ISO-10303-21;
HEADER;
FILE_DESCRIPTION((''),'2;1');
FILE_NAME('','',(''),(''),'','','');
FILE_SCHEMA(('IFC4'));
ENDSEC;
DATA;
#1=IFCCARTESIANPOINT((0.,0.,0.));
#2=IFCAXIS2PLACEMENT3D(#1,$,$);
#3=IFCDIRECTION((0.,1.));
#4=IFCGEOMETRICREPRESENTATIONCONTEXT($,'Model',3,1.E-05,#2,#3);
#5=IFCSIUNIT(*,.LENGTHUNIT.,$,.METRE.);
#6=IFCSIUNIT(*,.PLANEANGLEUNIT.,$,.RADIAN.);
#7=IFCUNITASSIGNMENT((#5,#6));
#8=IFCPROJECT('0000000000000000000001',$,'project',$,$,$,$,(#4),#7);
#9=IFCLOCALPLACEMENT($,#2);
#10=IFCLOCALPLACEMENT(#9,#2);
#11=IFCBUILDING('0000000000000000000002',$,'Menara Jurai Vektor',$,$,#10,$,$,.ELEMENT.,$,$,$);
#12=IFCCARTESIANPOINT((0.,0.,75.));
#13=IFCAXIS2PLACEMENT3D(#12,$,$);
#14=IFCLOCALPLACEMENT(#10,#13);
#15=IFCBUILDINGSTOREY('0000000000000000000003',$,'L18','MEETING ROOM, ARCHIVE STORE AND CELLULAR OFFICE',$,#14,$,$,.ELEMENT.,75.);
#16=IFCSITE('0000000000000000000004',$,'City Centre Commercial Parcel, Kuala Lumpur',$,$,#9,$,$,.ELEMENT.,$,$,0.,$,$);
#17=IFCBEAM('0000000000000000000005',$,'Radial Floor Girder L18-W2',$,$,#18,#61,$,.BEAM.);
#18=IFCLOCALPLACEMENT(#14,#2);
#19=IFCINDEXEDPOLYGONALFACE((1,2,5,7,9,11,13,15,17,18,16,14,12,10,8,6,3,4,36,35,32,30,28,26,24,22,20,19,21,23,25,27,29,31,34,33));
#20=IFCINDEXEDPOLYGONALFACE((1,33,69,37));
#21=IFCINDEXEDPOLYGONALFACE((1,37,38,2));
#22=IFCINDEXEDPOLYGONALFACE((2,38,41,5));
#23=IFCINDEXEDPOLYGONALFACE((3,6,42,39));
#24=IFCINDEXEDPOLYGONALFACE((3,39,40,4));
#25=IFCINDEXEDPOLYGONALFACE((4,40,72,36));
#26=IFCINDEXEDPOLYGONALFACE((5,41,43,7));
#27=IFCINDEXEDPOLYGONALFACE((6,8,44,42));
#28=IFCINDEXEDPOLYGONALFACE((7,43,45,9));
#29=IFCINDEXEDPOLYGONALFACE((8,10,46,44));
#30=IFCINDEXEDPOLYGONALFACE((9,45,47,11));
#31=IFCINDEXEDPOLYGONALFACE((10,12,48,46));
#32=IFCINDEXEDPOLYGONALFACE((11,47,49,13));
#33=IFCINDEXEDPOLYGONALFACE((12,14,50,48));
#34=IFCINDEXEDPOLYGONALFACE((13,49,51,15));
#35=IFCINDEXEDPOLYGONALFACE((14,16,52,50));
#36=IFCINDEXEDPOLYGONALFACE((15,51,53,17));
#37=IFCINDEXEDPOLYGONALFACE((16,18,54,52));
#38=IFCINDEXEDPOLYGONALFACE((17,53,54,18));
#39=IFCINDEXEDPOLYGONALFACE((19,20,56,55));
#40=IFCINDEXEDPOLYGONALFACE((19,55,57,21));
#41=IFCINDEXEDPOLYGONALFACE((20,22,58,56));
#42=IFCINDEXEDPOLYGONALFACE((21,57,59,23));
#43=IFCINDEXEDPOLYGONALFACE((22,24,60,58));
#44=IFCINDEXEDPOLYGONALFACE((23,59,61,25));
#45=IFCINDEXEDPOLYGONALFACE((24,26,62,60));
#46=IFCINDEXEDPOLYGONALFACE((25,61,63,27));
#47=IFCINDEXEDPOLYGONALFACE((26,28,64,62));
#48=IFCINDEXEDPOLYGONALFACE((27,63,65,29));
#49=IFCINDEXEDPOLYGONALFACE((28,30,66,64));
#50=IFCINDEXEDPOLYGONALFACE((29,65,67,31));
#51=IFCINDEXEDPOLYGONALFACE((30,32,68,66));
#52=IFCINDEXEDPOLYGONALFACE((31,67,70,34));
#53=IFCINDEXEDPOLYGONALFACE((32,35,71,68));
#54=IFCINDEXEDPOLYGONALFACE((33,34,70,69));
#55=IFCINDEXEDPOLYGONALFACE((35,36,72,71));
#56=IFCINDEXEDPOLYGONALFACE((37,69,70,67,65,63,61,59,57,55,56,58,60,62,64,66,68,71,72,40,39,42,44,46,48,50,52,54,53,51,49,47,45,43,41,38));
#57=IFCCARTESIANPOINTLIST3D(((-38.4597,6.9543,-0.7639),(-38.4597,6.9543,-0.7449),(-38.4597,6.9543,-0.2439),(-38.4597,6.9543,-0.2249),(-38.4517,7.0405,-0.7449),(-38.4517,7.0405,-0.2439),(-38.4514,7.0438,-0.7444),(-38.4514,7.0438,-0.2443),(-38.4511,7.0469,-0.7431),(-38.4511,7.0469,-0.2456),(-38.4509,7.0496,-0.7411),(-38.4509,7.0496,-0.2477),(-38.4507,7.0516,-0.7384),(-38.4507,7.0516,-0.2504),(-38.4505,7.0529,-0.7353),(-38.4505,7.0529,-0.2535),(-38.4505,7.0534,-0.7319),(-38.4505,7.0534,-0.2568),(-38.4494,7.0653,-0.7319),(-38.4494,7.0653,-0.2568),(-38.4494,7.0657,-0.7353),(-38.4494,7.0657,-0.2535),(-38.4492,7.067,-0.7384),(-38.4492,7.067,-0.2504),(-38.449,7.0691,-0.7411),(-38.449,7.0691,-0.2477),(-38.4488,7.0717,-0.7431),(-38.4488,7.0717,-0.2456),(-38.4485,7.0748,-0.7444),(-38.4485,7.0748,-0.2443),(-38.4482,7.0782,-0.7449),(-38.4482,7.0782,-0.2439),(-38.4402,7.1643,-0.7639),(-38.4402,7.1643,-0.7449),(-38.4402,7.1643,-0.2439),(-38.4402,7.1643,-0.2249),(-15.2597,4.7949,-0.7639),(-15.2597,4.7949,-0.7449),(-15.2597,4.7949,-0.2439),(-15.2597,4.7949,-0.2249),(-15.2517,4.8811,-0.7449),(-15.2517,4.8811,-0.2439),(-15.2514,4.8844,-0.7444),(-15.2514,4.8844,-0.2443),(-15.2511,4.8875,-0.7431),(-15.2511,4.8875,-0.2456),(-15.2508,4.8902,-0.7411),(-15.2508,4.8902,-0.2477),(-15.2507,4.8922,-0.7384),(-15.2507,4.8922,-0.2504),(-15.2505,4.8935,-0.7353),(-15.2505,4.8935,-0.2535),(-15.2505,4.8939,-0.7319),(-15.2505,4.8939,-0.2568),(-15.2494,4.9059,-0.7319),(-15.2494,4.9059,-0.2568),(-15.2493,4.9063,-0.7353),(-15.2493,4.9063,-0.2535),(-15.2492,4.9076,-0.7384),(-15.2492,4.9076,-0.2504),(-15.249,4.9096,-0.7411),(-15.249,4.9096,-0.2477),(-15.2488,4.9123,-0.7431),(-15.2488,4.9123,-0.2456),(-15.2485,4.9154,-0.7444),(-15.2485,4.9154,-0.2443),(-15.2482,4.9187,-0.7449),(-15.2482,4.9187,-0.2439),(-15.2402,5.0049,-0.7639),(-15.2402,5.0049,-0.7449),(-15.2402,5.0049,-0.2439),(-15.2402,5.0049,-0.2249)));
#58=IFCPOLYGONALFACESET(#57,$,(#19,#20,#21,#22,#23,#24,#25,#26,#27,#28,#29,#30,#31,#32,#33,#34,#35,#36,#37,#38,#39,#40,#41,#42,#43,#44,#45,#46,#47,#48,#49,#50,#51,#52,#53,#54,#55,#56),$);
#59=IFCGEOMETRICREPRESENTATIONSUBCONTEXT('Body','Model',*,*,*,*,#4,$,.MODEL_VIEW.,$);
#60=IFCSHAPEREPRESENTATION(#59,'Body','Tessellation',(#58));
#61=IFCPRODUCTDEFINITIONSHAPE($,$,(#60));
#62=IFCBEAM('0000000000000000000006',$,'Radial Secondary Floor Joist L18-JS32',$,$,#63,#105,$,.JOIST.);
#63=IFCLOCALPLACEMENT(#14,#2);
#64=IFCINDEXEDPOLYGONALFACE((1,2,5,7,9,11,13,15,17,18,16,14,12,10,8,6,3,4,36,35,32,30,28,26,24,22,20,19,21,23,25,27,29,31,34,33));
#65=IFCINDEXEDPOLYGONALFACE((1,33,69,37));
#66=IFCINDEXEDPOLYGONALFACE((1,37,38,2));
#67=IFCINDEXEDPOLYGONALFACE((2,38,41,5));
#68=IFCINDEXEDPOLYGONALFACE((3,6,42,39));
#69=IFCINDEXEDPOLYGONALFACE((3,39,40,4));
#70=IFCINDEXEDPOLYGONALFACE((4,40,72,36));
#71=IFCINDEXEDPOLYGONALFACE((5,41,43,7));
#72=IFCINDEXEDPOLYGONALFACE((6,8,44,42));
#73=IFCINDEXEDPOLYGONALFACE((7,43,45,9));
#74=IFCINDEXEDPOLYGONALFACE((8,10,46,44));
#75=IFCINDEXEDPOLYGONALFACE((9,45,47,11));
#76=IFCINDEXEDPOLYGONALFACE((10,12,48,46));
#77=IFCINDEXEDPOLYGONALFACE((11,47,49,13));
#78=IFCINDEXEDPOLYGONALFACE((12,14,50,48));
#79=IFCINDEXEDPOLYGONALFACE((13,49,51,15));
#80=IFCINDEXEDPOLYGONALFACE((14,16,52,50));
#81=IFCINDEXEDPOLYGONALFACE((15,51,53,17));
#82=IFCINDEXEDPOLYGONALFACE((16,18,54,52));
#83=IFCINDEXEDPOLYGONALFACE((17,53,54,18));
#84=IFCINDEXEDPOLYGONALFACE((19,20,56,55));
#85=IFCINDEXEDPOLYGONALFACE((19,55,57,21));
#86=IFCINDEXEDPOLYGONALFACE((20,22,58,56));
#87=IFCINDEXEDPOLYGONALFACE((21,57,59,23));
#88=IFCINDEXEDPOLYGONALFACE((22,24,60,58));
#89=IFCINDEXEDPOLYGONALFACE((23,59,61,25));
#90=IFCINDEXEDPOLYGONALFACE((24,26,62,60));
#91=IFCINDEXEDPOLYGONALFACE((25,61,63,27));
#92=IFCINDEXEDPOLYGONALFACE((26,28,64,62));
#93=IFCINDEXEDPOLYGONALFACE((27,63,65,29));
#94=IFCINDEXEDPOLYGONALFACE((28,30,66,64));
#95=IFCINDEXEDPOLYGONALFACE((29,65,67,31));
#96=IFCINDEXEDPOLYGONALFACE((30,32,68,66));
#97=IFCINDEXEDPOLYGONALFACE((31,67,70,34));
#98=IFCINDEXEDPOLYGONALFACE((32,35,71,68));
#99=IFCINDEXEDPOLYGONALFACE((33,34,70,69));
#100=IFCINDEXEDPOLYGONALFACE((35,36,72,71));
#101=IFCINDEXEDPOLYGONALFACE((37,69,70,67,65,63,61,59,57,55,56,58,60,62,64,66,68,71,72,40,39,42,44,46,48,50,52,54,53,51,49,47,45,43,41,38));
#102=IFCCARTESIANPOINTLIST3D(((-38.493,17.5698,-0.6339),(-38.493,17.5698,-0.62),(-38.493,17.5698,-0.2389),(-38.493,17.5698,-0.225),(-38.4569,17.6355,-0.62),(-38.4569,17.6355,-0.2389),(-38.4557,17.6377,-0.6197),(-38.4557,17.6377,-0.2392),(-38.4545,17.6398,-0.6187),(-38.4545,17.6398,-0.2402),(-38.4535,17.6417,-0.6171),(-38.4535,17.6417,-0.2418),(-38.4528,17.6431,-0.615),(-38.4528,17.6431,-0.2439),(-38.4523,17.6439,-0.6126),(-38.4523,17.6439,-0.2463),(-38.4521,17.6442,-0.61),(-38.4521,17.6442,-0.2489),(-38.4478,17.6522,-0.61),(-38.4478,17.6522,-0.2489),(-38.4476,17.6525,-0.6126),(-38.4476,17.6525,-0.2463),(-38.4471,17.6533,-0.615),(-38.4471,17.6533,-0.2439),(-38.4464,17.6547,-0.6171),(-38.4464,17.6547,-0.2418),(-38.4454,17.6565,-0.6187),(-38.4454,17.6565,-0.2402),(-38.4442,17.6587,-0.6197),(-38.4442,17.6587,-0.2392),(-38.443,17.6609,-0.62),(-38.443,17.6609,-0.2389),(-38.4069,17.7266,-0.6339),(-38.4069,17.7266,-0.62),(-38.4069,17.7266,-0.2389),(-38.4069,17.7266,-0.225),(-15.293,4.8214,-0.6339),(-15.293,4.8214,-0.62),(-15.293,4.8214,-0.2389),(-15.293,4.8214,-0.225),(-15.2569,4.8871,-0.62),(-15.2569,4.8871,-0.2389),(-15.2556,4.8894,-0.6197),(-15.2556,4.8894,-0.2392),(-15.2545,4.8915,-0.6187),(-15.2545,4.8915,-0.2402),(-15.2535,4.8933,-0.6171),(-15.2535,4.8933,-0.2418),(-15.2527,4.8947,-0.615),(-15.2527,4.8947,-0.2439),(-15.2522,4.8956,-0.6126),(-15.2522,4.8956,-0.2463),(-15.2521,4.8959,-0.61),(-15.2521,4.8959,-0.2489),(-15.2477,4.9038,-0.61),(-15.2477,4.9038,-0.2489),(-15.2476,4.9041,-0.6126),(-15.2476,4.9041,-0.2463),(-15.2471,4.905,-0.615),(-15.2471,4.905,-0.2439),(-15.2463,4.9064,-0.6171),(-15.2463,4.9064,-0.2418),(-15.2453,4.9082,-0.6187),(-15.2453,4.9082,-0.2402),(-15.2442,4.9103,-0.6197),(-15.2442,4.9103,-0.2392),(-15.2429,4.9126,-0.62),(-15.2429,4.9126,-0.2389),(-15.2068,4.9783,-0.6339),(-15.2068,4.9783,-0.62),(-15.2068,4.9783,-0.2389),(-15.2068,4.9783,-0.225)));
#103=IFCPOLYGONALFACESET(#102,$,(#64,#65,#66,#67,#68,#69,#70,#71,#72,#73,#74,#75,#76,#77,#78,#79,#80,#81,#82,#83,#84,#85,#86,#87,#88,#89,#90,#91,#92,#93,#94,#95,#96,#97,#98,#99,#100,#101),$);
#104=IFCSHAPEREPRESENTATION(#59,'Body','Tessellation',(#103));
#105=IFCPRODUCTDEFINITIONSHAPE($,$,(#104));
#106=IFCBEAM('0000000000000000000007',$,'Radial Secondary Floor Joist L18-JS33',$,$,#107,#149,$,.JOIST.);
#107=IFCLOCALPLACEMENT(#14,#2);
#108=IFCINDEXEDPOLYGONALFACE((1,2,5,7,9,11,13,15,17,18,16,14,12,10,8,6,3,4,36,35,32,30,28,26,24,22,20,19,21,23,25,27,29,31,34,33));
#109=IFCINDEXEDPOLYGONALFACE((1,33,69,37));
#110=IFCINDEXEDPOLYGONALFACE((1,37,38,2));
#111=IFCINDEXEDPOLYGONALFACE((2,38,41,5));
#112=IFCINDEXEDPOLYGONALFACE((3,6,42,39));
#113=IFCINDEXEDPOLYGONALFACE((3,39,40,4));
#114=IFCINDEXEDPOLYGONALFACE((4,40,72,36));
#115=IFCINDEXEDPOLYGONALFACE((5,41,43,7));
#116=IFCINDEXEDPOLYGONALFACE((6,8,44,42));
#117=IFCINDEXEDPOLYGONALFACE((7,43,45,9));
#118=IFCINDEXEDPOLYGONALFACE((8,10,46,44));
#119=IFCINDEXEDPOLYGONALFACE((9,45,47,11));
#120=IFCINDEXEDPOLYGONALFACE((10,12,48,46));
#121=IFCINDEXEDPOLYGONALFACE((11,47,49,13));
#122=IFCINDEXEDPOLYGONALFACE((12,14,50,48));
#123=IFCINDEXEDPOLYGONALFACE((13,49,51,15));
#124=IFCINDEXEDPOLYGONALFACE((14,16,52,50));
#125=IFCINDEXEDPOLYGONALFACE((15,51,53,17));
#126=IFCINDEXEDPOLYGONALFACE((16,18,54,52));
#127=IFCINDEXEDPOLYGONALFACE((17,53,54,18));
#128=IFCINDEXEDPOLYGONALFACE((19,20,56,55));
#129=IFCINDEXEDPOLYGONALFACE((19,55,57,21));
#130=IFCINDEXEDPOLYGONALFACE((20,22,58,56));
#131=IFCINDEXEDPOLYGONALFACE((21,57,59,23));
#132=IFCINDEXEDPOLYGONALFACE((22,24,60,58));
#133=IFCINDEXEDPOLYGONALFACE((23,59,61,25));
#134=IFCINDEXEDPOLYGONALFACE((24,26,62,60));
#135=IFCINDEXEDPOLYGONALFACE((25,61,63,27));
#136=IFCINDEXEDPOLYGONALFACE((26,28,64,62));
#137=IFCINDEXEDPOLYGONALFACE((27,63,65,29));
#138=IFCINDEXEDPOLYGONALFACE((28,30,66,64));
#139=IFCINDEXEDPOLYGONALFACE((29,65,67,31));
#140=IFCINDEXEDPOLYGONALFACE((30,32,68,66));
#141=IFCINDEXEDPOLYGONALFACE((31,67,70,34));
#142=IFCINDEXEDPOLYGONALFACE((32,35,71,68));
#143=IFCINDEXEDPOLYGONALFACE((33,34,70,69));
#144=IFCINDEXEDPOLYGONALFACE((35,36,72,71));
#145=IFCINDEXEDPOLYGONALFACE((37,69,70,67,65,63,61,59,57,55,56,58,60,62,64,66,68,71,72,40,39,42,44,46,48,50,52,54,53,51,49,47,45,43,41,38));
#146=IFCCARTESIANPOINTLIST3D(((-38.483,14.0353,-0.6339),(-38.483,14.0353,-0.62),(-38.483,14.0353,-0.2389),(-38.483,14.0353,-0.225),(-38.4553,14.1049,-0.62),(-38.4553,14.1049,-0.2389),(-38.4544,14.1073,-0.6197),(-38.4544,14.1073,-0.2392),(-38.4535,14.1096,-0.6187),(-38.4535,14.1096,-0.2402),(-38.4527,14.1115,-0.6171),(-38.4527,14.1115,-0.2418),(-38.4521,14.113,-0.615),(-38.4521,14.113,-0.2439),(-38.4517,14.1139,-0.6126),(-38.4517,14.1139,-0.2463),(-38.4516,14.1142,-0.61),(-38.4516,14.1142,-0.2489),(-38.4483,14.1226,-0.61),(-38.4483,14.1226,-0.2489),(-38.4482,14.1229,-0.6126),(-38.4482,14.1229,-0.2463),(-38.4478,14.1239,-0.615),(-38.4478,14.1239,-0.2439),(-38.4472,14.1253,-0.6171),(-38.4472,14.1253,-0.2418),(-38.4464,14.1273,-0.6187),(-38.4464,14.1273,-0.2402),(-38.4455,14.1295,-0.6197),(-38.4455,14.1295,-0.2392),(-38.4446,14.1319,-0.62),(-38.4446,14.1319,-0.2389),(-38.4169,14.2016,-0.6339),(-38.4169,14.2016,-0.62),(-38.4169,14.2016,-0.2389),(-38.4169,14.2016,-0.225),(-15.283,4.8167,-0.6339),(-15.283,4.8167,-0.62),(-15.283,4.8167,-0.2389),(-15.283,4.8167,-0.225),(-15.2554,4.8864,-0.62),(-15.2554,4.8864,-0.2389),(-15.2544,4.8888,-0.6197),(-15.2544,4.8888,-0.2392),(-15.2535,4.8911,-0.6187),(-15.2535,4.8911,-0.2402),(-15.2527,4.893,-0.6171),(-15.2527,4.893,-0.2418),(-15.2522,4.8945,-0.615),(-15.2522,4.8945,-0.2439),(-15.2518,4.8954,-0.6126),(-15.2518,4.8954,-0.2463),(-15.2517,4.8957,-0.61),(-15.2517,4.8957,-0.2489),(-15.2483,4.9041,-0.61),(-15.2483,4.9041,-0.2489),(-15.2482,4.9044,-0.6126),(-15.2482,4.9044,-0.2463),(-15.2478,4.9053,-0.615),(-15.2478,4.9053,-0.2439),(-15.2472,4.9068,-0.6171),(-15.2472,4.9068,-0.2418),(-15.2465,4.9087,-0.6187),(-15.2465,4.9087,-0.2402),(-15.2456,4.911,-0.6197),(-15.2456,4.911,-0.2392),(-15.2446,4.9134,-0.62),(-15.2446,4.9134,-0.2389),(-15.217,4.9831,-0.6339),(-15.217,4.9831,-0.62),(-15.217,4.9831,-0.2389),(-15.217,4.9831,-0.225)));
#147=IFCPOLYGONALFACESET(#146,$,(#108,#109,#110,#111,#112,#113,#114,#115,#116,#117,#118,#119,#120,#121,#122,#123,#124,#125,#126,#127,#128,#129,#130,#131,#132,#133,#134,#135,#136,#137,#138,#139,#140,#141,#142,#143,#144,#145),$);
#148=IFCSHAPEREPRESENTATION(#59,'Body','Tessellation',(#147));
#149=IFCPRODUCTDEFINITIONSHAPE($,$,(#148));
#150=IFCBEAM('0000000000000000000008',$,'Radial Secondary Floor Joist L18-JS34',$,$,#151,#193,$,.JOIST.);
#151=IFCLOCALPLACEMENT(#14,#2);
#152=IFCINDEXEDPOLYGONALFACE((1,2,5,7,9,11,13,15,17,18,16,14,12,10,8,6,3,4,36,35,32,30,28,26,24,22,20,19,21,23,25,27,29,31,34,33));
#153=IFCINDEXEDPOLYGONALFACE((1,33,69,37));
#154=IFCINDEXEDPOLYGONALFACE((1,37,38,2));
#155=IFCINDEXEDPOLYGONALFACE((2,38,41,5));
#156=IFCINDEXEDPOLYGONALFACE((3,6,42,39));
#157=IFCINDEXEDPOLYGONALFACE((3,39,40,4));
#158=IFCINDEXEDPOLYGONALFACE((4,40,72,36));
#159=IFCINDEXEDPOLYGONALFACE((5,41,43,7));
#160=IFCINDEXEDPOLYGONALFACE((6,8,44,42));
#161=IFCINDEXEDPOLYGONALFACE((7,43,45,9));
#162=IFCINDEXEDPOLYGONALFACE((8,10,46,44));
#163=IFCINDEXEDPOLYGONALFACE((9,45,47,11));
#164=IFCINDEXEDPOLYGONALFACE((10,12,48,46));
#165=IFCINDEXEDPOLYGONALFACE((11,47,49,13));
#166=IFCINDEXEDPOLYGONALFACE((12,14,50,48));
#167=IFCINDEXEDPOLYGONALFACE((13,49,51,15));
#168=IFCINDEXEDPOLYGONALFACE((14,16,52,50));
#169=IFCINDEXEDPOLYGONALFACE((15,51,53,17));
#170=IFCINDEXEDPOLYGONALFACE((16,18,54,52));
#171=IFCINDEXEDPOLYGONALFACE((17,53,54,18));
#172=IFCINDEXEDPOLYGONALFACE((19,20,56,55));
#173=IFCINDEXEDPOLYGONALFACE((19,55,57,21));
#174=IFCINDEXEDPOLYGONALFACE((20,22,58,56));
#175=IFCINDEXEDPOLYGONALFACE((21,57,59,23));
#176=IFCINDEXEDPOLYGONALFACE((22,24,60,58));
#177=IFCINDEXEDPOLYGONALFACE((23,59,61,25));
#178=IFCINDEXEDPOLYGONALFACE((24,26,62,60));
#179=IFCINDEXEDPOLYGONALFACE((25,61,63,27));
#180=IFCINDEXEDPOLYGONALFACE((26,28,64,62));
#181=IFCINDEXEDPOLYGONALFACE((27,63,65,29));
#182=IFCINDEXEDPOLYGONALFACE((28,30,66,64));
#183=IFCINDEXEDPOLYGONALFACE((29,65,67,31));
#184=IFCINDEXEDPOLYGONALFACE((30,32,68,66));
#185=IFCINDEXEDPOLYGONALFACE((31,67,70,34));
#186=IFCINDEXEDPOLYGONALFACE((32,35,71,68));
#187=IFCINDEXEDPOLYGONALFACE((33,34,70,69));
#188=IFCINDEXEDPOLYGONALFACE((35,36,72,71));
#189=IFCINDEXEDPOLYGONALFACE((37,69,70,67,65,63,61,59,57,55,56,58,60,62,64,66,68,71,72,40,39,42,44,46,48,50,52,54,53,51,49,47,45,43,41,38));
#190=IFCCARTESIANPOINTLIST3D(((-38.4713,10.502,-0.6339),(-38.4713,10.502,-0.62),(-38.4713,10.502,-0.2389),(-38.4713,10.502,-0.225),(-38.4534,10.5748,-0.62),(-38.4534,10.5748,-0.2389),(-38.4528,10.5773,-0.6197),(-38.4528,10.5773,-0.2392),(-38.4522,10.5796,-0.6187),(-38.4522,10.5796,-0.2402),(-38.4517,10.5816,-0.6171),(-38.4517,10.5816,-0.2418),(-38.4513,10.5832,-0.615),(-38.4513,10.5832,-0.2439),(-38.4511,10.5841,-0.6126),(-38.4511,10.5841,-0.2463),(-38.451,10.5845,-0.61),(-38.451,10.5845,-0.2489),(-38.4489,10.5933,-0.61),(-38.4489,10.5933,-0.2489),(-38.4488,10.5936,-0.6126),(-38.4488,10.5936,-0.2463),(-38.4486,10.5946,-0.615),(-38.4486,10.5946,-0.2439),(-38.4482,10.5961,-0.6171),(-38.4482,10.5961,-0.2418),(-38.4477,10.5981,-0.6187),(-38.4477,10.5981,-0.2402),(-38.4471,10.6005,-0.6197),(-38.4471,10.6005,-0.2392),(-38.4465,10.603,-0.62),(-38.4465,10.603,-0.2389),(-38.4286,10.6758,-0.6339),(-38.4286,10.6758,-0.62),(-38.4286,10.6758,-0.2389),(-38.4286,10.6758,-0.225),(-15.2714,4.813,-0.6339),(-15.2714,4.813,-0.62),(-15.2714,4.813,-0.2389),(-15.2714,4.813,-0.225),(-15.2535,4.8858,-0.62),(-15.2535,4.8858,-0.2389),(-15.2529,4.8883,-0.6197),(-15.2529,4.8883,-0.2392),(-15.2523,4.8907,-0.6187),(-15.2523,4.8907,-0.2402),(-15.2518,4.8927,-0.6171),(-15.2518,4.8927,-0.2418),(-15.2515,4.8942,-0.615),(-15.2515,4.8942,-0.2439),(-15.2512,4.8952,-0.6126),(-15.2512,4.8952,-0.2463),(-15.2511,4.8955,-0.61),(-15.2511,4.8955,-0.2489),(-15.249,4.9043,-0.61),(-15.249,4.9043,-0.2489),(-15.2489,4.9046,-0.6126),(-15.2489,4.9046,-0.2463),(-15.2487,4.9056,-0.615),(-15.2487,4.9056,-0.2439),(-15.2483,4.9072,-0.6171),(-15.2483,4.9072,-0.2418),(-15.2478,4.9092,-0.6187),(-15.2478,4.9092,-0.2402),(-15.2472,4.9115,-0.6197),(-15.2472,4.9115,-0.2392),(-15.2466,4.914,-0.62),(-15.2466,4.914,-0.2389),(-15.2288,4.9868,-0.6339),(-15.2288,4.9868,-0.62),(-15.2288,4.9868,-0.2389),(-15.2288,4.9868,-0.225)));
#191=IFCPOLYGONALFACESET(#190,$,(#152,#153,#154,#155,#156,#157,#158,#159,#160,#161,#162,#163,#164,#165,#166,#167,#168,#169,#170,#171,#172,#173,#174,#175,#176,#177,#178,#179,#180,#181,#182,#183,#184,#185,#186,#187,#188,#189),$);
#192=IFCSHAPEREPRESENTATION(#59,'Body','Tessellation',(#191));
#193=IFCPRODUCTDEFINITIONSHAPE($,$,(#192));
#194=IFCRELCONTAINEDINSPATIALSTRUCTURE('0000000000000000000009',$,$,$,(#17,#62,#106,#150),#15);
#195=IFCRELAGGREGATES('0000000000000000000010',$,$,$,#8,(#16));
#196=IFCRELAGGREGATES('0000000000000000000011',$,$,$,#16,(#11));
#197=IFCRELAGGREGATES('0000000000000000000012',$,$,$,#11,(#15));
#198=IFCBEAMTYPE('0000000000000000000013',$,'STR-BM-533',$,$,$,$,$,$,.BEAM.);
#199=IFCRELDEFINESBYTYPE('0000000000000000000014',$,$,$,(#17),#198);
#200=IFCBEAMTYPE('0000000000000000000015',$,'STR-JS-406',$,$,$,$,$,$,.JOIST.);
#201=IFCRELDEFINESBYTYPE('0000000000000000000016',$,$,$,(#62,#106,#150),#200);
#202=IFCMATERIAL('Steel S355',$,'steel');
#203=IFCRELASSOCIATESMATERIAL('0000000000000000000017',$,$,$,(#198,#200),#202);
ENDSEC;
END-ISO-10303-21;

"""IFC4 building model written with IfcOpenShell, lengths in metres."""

from ifc_helpers import new_model, si_unit, direction, frame, origin, origin_2d, place, context, subcontext, project, spatial, i_section, extrude, material, material_profile, profile_set, type_object, element, save


model = new_model("IFC4")

# Units and contexts
model_context = context("Model", 3, precision=1e-05, world=origin(), true_north=direction((0.0, 1.0)))
body_context = subcontext(model_context, "Body", "Model", "MODEL_VIEW")
ifc_project = project(units=[si_unit("LENGTHUNIT", "METRE"), si_unit("PLANEANGLEUNIT", "RADIAN")], contexts=[model_context])

# Site, building, storey
site_placement = place(None, origin())
site = spatial("IfcSite", under=ifc_project, at=site_placement, Name="City Centre Commercial Parcel, Kuala Lumpur", CompositionType="ELEMENT", RefElevation=0.0)
building_placement = place(site_placement, origin())
building = spatial("IfcBuilding", under=site, at=building_placement, Name="Menara Jurai Vektor", CompositionType="ELEMENT")
storey_placement = place(building_placement, frame((0.0, 0.0, 75.0)))
storey = spatial("IfcBuildingStorey", under=building, at=storey_placement, Name="L18", Description="MEETING ROOM, ARCHIVE STORE AND CELLULAR OFFICE", CompositionType="ELEMENT", Elevation=75.0)

# Beams
ifc_material_1 = material(Name="Steel S355", Category="steel")
ifc_material_profile_1 = material_profile(ifc_material_1, i_section(OverallWidth=0.2109, OverallDepth=0.5391, WebThickness=0.012, FlangeThickness=0.019, FilletRadius=0.0129, at=origin_2d()), Name="UKB 533x210x109")
ifc_profile_set_1 = profile_set([ifc_material_profile_1], Name="Steel S355")
beam_type_1 = type_object("IfcBeamType", Name="STR-BM-533", PredefinedType="BEAM", material=ifc_profile_set_1)
beam_1_placement = place(storey_placement, frame((-38.45, 7.0593, -0.4944), z_axis=(0.995696, -0.092678, 0.0), x_axis=(0.092678, 0.995696, 0.0)))
element("IfcBeam", 1, at=beam_1_placement, inside=storey, type_object=beam_type_1, Name="Radial Floor Girder L18-W2", PredefinedType="BEAM", context=body_context, shape_type="SweptSolid", body=[
    extrude(i_section(OverallWidth=0.2109, OverallDepth=0.5391, WebThickness=0.012, FlangeThickness=0.019, FilletRadius=0.0129, at=origin_2d()), origin(), (0.0, 0.0, 1.0), 23.3003),
])
ifc_material_profile_2 = material_profile(ifc_material_1, i_section(OverallWidth=0.179, OverallDepth=0.4089, WebThickness=0.009, FlangeThickness=0.0139, FilletRadius=0.01, at=origin_2d()), Name="UKB 406x178x67")
ifc_profile_set_2 = profile_set([ifc_material_profile_2], Name="Steel S355")
beam_type_2 = type_object("IfcBeamType", Name="STR-JS-406", PredefinedType="JOIST", material=ifc_profile_set_2)
beam_2_placement = place(storey_placement, frame((-38.45, 17.6482, -0.4294), z_axis=(0.876402, -0.48158, 0.0), x_axis=(0.48158, 0.876402, 0.0)))
element("IfcBeam", 2, at=beam_2_placement, inside=storey, type_object=beam_type_2, Name="Radial Secondary Floor Joist L18-JS32", PredefinedType="JOIST", context=body_context, shape_type="SweptSolid", body=[
    extrude(i_section(OverallWidth=0.179, OverallDepth=0.4089, WebThickness=0.009, FlangeThickness=0.0139, FilletRadius=0.01, at=origin_2d()), origin(), (0.0, 0.0, 1.0), 26.4719),
])
beam_3_placement = place(storey_placement, frame((-38.45, 14.1184, -0.4294), z_axis=(0.929323, -0.369267, 0.0), x_axis=(0.369267, 0.929323, 0.0)))
element("IfcBeam", 3, at=beam_3_placement, inside=storey, type_object=beam_type_2, Name="Radial Secondary Floor Joist L18-JS33", PredefinedType="JOIST", context=body_context, shape_type="SweptSolid", body=[
    extrude(i_section(OverallWidth=0.179, OverallDepth=0.4089, WebThickness=0.009, FlangeThickness=0.0139, FilletRadius=0.01, at=origin_2d()), origin(), (0.0, 0.0, 1.0), 24.9644),
])
beam_4_placement = place(storey_placement, frame((-38.45, 10.5889, -0.4294), z_axis=(0.971226, -0.238159, 0.0), x_axis=(0.238159, 0.971226, 0.0)))
element("IfcBeam", 4, at=beam_4_placement, inside=storey, type_object=beam_type_2, Name="Radial Secondary Floor Joist L18-JS34", PredefinedType="JOIST", context=body_context, shape_type="SweptSolid", body=[
    extrude(i_section(OverallWidth=0.179, OverallDepth=0.4089, WebThickness=0.009, FlangeThickness=0.0139, FilletRadius=0.01, at=origin_2d()), origin(), (0.0, 0.0, 1.0), 23.8872),
])

save(model, "model.ifc")
